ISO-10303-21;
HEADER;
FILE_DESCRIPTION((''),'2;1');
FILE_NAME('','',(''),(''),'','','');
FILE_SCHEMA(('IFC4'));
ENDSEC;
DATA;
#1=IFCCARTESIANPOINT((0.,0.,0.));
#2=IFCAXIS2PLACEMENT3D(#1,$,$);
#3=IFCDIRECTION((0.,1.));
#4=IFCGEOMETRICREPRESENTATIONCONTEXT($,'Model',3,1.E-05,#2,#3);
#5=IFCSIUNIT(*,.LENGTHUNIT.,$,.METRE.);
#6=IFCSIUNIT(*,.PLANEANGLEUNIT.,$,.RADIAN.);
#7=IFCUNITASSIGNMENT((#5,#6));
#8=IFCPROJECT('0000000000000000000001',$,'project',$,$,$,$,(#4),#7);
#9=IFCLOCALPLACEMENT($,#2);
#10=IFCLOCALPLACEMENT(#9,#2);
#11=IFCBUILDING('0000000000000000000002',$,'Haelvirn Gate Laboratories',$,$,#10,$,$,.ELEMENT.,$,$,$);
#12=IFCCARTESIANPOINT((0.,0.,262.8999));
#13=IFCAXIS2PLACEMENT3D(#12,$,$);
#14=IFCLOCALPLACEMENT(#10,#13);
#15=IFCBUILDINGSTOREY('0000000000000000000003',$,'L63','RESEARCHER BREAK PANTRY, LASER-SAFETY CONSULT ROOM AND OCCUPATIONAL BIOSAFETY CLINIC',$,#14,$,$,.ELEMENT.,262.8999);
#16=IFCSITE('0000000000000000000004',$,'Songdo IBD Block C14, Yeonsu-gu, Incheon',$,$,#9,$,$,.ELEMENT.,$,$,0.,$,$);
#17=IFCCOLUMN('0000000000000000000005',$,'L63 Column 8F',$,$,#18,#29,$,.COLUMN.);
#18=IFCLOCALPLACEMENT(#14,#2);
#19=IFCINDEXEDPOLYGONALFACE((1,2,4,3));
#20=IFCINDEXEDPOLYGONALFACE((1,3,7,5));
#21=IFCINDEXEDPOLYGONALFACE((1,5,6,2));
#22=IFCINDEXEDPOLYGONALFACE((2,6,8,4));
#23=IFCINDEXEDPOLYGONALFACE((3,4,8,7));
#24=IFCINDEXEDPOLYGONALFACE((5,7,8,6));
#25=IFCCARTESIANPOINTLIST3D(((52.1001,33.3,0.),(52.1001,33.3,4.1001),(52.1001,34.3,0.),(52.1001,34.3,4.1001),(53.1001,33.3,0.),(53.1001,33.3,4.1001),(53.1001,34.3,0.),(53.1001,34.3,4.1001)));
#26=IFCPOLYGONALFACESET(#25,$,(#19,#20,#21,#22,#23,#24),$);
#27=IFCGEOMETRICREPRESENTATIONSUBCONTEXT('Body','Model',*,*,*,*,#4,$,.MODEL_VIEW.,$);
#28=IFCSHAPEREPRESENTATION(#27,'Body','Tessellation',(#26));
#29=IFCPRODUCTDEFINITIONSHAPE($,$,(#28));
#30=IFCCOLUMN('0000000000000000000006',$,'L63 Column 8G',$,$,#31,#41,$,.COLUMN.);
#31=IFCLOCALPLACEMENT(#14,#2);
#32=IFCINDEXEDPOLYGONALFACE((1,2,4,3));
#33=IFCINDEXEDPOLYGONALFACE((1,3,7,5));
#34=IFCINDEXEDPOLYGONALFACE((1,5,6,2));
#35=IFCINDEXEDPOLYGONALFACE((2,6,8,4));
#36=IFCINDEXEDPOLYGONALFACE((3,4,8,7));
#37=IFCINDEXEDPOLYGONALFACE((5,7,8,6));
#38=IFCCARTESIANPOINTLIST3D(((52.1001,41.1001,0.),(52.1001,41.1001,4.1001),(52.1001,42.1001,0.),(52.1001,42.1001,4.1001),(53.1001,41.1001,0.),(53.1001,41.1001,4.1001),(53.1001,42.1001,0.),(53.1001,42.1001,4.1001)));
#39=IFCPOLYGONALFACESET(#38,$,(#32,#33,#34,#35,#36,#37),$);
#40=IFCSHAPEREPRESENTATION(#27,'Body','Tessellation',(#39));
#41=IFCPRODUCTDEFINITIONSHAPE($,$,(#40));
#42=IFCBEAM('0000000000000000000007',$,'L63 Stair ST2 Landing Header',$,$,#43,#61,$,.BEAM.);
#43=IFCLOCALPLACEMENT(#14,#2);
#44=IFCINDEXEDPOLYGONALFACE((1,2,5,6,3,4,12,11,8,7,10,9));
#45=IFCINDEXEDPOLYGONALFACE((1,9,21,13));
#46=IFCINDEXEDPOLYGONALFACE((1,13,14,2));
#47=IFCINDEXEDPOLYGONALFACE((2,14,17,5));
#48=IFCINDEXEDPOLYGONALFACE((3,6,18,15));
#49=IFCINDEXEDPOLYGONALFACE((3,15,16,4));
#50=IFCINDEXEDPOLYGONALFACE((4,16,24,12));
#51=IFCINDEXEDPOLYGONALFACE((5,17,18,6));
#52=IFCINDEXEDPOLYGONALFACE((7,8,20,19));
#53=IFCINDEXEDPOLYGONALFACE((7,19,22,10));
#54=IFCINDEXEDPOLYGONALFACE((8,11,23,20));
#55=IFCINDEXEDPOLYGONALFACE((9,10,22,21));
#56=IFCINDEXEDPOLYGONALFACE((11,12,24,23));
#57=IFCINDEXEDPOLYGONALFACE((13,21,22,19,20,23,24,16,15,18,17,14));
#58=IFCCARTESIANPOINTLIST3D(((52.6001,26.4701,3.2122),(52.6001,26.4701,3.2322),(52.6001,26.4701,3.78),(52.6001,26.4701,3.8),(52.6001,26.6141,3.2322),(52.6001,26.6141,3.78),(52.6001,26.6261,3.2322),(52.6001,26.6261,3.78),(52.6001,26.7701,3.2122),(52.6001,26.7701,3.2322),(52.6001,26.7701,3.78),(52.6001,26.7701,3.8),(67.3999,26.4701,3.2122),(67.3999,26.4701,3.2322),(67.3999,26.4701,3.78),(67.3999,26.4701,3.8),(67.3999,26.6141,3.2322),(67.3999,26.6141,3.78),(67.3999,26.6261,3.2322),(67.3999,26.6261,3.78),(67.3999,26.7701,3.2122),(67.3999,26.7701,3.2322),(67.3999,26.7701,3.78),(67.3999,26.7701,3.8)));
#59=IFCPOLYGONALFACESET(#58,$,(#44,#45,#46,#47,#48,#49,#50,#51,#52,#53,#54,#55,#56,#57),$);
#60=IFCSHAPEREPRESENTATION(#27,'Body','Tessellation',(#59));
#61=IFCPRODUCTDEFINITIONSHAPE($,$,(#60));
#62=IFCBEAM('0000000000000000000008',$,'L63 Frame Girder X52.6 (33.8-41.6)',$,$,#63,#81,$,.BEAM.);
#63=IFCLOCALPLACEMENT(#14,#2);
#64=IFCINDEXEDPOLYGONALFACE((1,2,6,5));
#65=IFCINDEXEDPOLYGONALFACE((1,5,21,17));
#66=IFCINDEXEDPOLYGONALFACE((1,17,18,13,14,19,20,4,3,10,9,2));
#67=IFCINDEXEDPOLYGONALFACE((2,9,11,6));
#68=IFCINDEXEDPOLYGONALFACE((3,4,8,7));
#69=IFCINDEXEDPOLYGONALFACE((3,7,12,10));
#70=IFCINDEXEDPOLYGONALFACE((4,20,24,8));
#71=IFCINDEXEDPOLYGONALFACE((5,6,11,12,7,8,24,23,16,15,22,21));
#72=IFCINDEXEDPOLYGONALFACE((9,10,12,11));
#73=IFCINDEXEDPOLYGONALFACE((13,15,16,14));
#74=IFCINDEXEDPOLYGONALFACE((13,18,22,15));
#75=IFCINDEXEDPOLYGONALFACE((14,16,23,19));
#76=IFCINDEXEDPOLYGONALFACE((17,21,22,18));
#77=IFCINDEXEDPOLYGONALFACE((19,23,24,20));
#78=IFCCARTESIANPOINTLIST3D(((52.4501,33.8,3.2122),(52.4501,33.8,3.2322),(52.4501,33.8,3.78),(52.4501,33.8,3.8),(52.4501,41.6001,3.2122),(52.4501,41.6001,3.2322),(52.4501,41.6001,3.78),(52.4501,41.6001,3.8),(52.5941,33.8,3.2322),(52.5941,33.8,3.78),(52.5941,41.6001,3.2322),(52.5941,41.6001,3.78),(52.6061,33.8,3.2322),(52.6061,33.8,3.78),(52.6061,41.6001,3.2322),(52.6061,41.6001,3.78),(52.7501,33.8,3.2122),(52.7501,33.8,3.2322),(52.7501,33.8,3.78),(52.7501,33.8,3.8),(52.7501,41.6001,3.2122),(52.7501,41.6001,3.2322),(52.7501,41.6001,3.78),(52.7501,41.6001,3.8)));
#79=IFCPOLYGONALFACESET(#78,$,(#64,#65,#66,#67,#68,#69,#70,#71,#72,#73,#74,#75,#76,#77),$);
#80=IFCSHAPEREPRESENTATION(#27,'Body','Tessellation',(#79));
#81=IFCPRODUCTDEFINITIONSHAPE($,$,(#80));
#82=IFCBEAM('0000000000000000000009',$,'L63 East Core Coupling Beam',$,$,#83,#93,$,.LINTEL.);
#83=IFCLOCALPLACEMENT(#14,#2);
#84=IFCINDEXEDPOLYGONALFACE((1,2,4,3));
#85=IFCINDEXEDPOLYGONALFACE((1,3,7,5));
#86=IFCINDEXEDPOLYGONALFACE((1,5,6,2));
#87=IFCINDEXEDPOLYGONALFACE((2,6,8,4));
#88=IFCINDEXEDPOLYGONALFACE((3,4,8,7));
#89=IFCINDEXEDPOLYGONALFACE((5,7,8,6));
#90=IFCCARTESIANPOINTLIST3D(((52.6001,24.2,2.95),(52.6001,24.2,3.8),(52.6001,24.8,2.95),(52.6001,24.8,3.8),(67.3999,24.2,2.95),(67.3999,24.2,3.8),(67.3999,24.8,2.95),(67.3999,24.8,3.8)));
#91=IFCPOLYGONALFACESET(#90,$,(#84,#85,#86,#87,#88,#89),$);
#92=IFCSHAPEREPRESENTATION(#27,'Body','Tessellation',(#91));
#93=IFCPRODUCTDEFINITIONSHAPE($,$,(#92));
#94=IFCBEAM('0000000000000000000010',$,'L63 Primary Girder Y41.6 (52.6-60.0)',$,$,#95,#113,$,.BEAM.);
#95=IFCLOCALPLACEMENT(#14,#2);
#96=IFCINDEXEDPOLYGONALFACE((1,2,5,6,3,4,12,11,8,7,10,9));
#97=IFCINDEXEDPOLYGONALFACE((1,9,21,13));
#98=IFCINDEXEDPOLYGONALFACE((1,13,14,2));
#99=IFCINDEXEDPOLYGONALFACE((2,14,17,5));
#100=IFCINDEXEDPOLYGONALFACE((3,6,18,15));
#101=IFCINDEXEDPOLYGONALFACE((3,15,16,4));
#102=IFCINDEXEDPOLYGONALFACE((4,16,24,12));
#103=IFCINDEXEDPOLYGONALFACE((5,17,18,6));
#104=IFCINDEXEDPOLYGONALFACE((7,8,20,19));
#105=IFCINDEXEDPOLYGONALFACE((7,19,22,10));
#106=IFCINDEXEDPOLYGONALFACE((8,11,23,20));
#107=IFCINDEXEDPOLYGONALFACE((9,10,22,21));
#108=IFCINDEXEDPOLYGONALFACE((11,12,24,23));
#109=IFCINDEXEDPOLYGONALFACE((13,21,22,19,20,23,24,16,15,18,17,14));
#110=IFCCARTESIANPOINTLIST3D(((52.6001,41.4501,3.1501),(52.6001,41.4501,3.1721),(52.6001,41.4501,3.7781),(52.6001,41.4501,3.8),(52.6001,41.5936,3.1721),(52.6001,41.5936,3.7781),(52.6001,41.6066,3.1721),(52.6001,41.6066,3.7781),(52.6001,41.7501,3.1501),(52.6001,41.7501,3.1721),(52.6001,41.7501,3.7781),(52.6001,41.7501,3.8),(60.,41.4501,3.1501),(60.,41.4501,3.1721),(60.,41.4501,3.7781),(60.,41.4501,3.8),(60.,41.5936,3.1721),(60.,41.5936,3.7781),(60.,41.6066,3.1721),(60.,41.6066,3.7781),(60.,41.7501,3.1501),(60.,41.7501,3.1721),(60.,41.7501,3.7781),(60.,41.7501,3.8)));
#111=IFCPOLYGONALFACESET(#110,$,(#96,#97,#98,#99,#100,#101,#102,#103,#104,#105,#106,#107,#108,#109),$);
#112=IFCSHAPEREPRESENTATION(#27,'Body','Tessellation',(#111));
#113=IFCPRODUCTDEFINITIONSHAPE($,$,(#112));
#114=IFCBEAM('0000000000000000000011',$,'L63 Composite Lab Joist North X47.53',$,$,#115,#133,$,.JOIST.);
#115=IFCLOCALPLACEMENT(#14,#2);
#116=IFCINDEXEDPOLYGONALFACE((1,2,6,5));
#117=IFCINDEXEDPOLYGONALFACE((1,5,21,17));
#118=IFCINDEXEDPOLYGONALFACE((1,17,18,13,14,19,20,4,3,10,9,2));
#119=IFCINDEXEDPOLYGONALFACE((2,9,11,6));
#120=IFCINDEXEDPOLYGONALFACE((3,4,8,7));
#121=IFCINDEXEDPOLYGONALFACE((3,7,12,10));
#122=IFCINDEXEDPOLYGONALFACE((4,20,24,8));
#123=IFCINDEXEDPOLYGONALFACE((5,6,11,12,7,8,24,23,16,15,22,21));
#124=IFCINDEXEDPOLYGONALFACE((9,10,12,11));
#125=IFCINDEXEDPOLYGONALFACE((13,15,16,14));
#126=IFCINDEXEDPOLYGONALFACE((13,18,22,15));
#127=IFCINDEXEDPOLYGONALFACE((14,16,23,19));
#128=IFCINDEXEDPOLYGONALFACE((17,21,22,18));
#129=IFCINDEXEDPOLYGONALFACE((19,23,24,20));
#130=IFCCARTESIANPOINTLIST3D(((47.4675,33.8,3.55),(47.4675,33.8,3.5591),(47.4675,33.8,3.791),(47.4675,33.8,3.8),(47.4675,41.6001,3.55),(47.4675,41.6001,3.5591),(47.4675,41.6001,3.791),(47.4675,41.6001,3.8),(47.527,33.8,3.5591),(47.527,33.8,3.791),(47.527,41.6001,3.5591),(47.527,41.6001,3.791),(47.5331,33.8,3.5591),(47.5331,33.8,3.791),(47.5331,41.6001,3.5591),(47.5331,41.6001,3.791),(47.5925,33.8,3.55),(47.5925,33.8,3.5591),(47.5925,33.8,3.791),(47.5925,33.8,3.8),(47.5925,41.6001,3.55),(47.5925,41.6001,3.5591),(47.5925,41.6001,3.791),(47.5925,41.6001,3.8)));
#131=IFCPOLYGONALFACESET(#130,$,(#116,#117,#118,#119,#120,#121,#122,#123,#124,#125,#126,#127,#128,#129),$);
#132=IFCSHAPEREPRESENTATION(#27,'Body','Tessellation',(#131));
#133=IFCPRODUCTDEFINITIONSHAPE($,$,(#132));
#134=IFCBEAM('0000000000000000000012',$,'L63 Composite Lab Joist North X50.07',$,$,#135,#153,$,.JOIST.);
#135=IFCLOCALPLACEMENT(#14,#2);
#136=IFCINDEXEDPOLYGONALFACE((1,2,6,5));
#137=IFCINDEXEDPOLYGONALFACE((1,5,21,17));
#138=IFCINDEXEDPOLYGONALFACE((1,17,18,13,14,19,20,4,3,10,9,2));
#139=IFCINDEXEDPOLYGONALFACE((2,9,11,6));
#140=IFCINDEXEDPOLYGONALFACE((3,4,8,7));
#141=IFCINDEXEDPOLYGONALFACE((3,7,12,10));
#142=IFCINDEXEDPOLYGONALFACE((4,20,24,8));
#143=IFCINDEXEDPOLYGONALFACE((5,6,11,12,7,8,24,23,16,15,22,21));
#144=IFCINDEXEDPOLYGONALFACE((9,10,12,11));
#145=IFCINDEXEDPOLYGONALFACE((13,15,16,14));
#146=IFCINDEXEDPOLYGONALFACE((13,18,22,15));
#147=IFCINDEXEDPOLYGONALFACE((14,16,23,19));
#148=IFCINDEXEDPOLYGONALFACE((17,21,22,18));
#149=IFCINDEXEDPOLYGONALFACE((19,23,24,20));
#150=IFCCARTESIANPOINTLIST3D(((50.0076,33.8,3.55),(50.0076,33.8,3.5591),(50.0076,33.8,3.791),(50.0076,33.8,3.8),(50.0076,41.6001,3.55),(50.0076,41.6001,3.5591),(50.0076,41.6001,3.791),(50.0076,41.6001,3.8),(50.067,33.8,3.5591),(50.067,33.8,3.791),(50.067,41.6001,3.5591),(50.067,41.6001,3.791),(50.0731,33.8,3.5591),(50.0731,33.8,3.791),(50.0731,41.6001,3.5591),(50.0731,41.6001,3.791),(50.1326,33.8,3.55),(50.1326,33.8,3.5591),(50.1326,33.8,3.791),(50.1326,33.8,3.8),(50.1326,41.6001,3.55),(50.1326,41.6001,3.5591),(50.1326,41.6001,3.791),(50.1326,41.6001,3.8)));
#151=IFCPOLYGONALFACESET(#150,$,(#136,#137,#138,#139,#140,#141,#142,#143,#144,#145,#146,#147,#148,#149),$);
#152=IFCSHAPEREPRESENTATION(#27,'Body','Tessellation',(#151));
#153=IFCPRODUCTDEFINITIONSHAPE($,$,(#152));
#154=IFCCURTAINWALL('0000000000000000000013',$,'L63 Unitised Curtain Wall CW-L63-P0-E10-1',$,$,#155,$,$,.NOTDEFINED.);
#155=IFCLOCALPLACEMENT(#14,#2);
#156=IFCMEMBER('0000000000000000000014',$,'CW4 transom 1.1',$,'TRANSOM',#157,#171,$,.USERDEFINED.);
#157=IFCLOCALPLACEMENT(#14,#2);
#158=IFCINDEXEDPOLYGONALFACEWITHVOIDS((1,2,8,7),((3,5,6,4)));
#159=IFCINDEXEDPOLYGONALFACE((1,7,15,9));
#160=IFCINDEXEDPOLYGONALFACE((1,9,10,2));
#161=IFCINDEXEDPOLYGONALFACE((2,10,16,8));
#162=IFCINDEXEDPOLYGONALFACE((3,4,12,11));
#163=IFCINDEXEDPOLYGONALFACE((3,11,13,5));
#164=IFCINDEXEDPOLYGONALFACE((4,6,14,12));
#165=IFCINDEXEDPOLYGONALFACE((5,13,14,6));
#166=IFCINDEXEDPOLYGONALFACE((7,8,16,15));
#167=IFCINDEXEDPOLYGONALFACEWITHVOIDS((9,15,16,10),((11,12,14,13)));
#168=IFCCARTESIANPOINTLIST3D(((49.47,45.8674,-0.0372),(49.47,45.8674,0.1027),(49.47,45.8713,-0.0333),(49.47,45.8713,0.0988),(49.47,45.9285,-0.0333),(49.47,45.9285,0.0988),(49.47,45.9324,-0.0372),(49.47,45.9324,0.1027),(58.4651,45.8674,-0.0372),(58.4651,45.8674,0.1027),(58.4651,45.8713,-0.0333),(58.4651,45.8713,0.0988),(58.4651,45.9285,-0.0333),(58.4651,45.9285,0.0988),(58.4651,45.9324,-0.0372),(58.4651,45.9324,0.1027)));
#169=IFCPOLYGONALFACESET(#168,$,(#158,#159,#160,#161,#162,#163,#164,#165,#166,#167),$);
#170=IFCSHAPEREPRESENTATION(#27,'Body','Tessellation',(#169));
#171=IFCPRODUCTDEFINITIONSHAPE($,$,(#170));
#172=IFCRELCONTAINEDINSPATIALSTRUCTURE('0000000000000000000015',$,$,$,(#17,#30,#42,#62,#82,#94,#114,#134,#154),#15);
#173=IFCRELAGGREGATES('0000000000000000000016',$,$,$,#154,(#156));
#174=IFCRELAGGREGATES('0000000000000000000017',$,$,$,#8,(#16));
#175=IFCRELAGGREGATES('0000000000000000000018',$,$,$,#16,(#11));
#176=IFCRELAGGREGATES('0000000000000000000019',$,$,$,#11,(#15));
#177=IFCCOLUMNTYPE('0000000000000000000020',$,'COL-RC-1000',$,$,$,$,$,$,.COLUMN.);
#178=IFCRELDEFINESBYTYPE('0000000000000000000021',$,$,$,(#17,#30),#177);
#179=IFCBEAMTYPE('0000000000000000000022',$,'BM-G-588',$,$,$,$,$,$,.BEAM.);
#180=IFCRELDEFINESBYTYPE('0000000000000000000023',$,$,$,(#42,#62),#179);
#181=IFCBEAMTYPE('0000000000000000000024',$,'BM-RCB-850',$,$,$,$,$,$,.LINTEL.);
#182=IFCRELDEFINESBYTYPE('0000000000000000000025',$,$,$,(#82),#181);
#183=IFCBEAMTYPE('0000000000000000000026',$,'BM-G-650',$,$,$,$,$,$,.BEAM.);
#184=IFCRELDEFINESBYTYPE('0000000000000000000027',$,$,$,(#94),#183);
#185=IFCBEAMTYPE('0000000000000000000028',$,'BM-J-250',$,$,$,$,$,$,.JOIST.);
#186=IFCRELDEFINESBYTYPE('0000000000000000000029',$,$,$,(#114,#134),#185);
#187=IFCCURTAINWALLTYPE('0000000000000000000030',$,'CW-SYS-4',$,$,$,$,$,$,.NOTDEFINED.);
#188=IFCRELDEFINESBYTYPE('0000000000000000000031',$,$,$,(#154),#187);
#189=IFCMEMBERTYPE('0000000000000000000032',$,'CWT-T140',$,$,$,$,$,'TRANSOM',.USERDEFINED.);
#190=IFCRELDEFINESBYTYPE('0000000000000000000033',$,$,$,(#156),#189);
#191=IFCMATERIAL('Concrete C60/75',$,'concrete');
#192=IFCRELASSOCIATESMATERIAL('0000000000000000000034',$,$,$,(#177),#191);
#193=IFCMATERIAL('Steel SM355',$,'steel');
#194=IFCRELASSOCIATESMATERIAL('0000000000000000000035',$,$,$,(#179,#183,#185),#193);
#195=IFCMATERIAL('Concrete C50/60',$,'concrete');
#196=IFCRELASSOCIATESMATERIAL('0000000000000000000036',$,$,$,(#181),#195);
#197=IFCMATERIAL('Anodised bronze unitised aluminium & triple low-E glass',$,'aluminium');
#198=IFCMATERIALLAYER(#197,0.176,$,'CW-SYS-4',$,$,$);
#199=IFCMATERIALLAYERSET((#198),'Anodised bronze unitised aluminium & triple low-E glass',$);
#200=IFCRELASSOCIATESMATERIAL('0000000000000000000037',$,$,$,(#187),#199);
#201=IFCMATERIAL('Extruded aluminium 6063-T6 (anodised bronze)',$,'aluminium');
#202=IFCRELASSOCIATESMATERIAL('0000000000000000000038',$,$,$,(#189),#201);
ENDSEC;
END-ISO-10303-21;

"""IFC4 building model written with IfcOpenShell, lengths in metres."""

from ifc_helpers import new_model, si_unit, direction, frame, origin, origin_2d, place, context, subcontext, project, spatial, rectangle, hollow_rectangle, i_section, extrude, source, transform, mapped, material, layer, layer_set, material_profile, profile_set, type_object, type_shapes, element, aggregate, save


model = new_model("IFC4")

# Units and contexts
model_context = context("Model", 3, precision=1e-05, world=origin(), true_north=direction((0.0, 1.0)))
body_context = subcontext(model_context, "Body", "Model", "MODEL_VIEW")
ifc_project = project(units=[si_unit("LENGTHUNIT", "METRE"), si_unit("PLANEANGLEUNIT", "RADIAN")], contexts=[model_context])

# Site, building, storey
site_placement = place(None, origin())
site = spatial("IfcSite", under=ifc_project, at=site_placement, Name="Songdo IBD Block C14, Yeonsu-gu, Incheon", CompositionType="ELEMENT", RefElevation=0.0)
building_placement = place(site_placement, origin())
building = spatial("IfcBuilding", under=site, at=building_placement, Name="Haelvirn Gate Laboratories", CompositionType="ELEMENT")
storey_placement = place(building_placement, frame((0.0, 0.0, 262.8999)))
storey = spatial("IfcBuildingStorey", under=building, at=storey_placement, Name="L63", Description="RESEARCHER BREAK PANTRY, LASER-SAFETY CONSULT ROOM AND OCCUPATIONAL BIOSAFETY CLINIC", CompositionType="ELEMENT", Elevation=262.8999)

# Columns
ifc_material_1 = material(Name="Concrete C60/75", Category="concrete")
ifc_material_profile_1 = material_profile(ifc_material_1, rectangle(XDim=1.0, YDim=1.0, at=origin_2d()), Name="RC-1000x1000")
ifc_profile_set_1 = profile_set([ifc_material_profile_1], Name="Concrete C60/75")
column_type = type_object("IfcColumnType", Name="COL-RC-1000", PredefinedType="COLUMN", material=ifc_profile_set_1)
shared_shape_1 = source(origin(), body_context, "Body", "SweptSolid", [
    extrude(rectangle(XDim=1.0, YDim=1.0, at=origin_2d()), origin(), (0.0, 0.0, 1.0), 4.1001),
])
type_shapes(column_type, [shared_shape_1])
for number, where, z_axis, x_axis, name in (
    (1, (52.6001, 33.8, 0.0), (0.0, 0.0, 1.0), (1.0, 0.0, 0.0), "L63 Column 8F"),
    (2, (52.6001, 41.6001, 0.0), (0.0, 0.0, 1.0), (1.0, 0.0, 0.0), "L63 Column 8G"),
):
    element("IfcColumn", number, at=place(storey_placement, frame(where, z_axis=z_axis, x_axis=x_axis)), inside=storey, type_object=column_type, Name=name, PredefinedType="COLUMN", context=body_context, shape_type="MappedRepresentation", body=[
        mapped(shared_shape_1, transform((0.0, 0.0, 0.0), scale=1.0)),
    ])

# Beams
ifc_material_2 = material(Name="Steel SM355", Category="steel")
ifc_material_profile_2 = material_profile(ifc_material_2, i_section(OverallWidth=0.3, OverallDepth=0.5879, WebThickness=0.012, FlangeThickness=0.02, at=origin_2d()), Name="H-588x300x12x20")
ifc_profile_set_2 = profile_set([ifc_material_profile_2], Name="Steel SM355")
beam_type_1 = type_object("IfcBeamType", Name="BM-G-588", PredefinedType="BEAM", material=ifc_profile_set_2)
shared_shape_2 = source(origin(), body_context, "Body", "SweptSolid", [
    extrude(i_section(OverallWidth=0.3, OverallDepth=0.5879, WebThickness=0.012, FlangeThickness=0.02, at=origin_2d()), origin(), (0.0, 0.0, 1.0), 14.7998),
])
beam_1_placement = place(storey_placement, frame((52.6001, 26.6201, 3.5061), z_axis=(1.0, 0.0, 0.0), x_axis=(0.0, 1.0, 0.0)))
element("IfcBeam", 3, at=beam_1_placement, inside=storey, type_object=beam_type_1, Name="L63 Stair ST2 Landing Header", PredefinedType="BEAM", context=body_context, shape_type="MappedRepresentation", body=[
    mapped(shared_shape_2, transform((0.0, 0.0, 0.0), scale=1.0)),
])
shared_shape_3 = source(origin(), body_context, "Body", "SweptSolid", [
    extrude(i_section(OverallWidth=0.3, OverallDepth=0.5879, WebThickness=0.012, FlangeThickness=0.02, at=origin_2d()), origin(), (0.0, 0.0, 1.0), 7.8),
])
type_shapes(beam_type_1, [shared_shape_2, shared_shape_3])
beam_2_placement = place(storey_placement, frame((52.6001, 33.8, 3.5061), z_axis=(0.0, 1.0, 0.0), x_axis=(-1.0, 0.0, 0.0)))
element("IfcBeam", 4, at=beam_2_placement, inside=storey, type_object=beam_type_1, Name="L63 Frame Girder X52.6 (33.8-41.6)", PredefinedType="BEAM", context=body_context, shape_type="MappedRepresentation", body=[
    mapped(shared_shape_3, transform((0.0, 0.0, 0.0), scale=1.0)),
])
ifc_material_3 = material(Name="Concrete C50/60", Category="concrete")
ifc_material_profile_3 = material_profile(ifc_material_3, rectangle(XDim=0.6001, YDim=0.8501, at=origin_2d()), Name="RCB-600x850")
ifc_profile_set_3 = profile_set([ifc_material_profile_3], Name="Concrete C50/60")
beam_type_2 = type_object("IfcBeamType", Name="BM-RCB-850", PredefinedType="LINTEL", material=ifc_profile_set_3)
shared_shape_4 = source(origin(), body_context, "Body", "SweptSolid", [
    extrude(rectangle(XDim=0.6001, YDim=0.8501, at=origin_2d()), origin(), (0.0, 0.0, 1.0), 14.7998),
])
type_shapes(beam_type_2, [shared_shape_4])
beam_3_placement = place(storey_placement, frame((52.6001, 24.5, 3.375), z_axis=(1.0, 0.0, 0.0), x_axis=(0.0, 1.0, 0.0)))
element("IfcBeam", 5, at=beam_3_placement, inside=storey, type_object=beam_type_2, Name="L63 East Core Coupling Beam", PredefinedType="LINTEL", context=body_context, shape_type="MappedRepresentation", body=[
    mapped(shared_shape_4, transform((0.0, 0.0, 0.0), scale=1.0)),
])
ifc_material_profile_4 = material_profile(ifc_material_2, i_section(OverallWidth=0.3, OverallDepth=0.6499, WebThickness=0.0129, FlangeThickness=0.022, at=origin_2d()), Name="H-650x300x13x22")
ifc_profile_set_4 = profile_set([ifc_material_profile_4], Name="Steel SM355")
beam_type_3 = type_object("IfcBeamType", Name="BM-G-650", PredefinedType="BEAM", material=ifc_profile_set_4)
shared_shape_5 = source(origin(), body_context, "Body", "SweptSolid", [
    extrude(i_section(OverallWidth=0.3, OverallDepth=0.6499, WebThickness=0.0129, FlangeThickness=0.022, at=origin_2d()), origin(), (0.0, 0.0, 1.0), 7.3999),
])
type_shapes(beam_type_3, [shared_shape_5])
beam_4_placement = place(storey_placement, frame((52.6001, 41.6001, 3.4751), z_axis=(1.0, 0.0, 0.0), x_axis=(0.0, 1.0, 0.0)))
element("IfcBeam", 6, at=beam_4_placement, inside=storey, type_object=beam_type_3, Name="L63 Primary Girder Y41.6 (52.6-60.0)", PredefinedType="BEAM", context=body_context, shape_type="MappedRepresentation", body=[
    mapped(shared_shape_5, transform((0.0, 0.0, 0.0), scale=1.0)),
])
ifc_material_profile_5 = material_profile(ifc_material_2, i_section(OverallWidth=0.125, OverallDepth=0.25, WebThickness=0.0061, FlangeThickness=0.009, at=origin_2d()), Name="H-250x125x6x9")
ifc_profile_set_5 = profile_set([ifc_material_profile_5], Name="Steel SM355")
beam_type_4 = type_object("IfcBeamType", Name="BM-J-250", PredefinedType="JOIST", material=ifc_profile_set_5)
shared_shape_6 = source(origin(), body_context, "Body", "SweptSolid", [
    extrude(i_section(OverallWidth=0.125, OverallDepth=0.25, WebThickness=0.0061, FlangeThickness=0.009, at=origin_2d()), origin(), (0.0, 0.0, 1.0), 7.8),
])
type_shapes(beam_type_4, [shared_shape_6])
for number, where, z_axis, x_axis, name in (
    (7, (47.53, 33.8, 3.675), (0.0, 1.0, 0.0), (-1.0, 0.0, 0.0), "L63 Composite Lab Joist North X47.53"),
    (8, (50.0701, 33.8, 3.675), (0.0, 1.0, 0.0), (-1.0, 0.0, 0.0), "L63 Composite Lab Joist North X50.07"),
):
    element("IfcBeam", number, at=place(storey_placement, frame(where, z_axis=z_axis, x_axis=x_axis)), inside=storey, type_object=beam_type_4, Name=name, PredefinedType="JOIST", context=body_context, shape_type="MappedRepresentation", body=[
        mapped(shared_shape_6, transform((0.0, 0.0, 0.0), scale=1.0)),
    ])

# Curtain wall, member
ifc_material_4 = material(Name="Anodised bronze unitised aluminium & triple low-E glass", Category="aluminium")
ifc_layer_1 = layer(ifc_material_4, 0.176, Name="CW-SYS-4")
ifc_layer_set_1 = layer_set([ifc_layer_1], Name="Anodised bronze unitised aluminium & triple low-E glass")
curtain_wall_type = type_object("IfcCurtainWallType", Name="CW-SYS-4", PredefinedType="NOTDEFINED", material=ifc_layer_set_1)
curtain_wall_1_placement = place(storey_placement, origin())
curtain_wall_1 = element("IfcCurtainWall", 9, at=curtain_wall_1_placement, inside=storey, type_object=curtain_wall_type, Name="L63 Unitised Curtain Wall CW-L63-P0-E10-1", PredefinedType="NOTDEFINED")
ifc_material_5 = material(Name="Extruded aluminium 6063-T6 (anodised bronze)", Category="aluminium")
ifc_material_profile_6 = material_profile(ifc_material_5, hollow_rectangle(XDim=0.0649, YDim=0.1399, WallThickness=0.0039, at=origin_2d()), Name="CWT-140x65x4")
ifc_profile_set_6 = profile_set([ifc_material_profile_6], Name="Extruded aluminium 6063-T6 (anodised bronze)")
member_type_1 = type_object("IfcMemberType", Name="CWT-T140", ElementType="TRANSOM", PredefinedType="USERDEFINED", material=ifc_profile_set_6)
shared_shape_7 = source(origin(), body_context, "Body", "SweptSolid", [
    extrude(hollow_rectangle(XDim=0.0649, YDim=0.1399, WallThickness=0.0039, at=origin_2d()), origin(), (0.0, 0.0, 1.0), 8.9951),
])
type_shapes(member_type_1, [shared_shape_7])
member_1_placement = place(storey_placement, frame((49.47, 45.8999, 0.0327), z_axis=(1.0, 0.0, 0.0), x_axis=(0.0, 1.0, 0.0)))
member_1 = element("IfcMember", 10, at=member_1_placement, type_object=member_type_1, Name="CW4 transom 1.1", ObjectType="TRANSOM", PredefinedType="USERDEFINED", context=body_context, shape_type="MappedRepresentation", body=[
    mapped(shared_shape_7, transform((0.0, 0.0, 0.0), scale=1.0)),
])
aggregate(curtain_wall_1, [member_1])

save(model, "model.ifc")
